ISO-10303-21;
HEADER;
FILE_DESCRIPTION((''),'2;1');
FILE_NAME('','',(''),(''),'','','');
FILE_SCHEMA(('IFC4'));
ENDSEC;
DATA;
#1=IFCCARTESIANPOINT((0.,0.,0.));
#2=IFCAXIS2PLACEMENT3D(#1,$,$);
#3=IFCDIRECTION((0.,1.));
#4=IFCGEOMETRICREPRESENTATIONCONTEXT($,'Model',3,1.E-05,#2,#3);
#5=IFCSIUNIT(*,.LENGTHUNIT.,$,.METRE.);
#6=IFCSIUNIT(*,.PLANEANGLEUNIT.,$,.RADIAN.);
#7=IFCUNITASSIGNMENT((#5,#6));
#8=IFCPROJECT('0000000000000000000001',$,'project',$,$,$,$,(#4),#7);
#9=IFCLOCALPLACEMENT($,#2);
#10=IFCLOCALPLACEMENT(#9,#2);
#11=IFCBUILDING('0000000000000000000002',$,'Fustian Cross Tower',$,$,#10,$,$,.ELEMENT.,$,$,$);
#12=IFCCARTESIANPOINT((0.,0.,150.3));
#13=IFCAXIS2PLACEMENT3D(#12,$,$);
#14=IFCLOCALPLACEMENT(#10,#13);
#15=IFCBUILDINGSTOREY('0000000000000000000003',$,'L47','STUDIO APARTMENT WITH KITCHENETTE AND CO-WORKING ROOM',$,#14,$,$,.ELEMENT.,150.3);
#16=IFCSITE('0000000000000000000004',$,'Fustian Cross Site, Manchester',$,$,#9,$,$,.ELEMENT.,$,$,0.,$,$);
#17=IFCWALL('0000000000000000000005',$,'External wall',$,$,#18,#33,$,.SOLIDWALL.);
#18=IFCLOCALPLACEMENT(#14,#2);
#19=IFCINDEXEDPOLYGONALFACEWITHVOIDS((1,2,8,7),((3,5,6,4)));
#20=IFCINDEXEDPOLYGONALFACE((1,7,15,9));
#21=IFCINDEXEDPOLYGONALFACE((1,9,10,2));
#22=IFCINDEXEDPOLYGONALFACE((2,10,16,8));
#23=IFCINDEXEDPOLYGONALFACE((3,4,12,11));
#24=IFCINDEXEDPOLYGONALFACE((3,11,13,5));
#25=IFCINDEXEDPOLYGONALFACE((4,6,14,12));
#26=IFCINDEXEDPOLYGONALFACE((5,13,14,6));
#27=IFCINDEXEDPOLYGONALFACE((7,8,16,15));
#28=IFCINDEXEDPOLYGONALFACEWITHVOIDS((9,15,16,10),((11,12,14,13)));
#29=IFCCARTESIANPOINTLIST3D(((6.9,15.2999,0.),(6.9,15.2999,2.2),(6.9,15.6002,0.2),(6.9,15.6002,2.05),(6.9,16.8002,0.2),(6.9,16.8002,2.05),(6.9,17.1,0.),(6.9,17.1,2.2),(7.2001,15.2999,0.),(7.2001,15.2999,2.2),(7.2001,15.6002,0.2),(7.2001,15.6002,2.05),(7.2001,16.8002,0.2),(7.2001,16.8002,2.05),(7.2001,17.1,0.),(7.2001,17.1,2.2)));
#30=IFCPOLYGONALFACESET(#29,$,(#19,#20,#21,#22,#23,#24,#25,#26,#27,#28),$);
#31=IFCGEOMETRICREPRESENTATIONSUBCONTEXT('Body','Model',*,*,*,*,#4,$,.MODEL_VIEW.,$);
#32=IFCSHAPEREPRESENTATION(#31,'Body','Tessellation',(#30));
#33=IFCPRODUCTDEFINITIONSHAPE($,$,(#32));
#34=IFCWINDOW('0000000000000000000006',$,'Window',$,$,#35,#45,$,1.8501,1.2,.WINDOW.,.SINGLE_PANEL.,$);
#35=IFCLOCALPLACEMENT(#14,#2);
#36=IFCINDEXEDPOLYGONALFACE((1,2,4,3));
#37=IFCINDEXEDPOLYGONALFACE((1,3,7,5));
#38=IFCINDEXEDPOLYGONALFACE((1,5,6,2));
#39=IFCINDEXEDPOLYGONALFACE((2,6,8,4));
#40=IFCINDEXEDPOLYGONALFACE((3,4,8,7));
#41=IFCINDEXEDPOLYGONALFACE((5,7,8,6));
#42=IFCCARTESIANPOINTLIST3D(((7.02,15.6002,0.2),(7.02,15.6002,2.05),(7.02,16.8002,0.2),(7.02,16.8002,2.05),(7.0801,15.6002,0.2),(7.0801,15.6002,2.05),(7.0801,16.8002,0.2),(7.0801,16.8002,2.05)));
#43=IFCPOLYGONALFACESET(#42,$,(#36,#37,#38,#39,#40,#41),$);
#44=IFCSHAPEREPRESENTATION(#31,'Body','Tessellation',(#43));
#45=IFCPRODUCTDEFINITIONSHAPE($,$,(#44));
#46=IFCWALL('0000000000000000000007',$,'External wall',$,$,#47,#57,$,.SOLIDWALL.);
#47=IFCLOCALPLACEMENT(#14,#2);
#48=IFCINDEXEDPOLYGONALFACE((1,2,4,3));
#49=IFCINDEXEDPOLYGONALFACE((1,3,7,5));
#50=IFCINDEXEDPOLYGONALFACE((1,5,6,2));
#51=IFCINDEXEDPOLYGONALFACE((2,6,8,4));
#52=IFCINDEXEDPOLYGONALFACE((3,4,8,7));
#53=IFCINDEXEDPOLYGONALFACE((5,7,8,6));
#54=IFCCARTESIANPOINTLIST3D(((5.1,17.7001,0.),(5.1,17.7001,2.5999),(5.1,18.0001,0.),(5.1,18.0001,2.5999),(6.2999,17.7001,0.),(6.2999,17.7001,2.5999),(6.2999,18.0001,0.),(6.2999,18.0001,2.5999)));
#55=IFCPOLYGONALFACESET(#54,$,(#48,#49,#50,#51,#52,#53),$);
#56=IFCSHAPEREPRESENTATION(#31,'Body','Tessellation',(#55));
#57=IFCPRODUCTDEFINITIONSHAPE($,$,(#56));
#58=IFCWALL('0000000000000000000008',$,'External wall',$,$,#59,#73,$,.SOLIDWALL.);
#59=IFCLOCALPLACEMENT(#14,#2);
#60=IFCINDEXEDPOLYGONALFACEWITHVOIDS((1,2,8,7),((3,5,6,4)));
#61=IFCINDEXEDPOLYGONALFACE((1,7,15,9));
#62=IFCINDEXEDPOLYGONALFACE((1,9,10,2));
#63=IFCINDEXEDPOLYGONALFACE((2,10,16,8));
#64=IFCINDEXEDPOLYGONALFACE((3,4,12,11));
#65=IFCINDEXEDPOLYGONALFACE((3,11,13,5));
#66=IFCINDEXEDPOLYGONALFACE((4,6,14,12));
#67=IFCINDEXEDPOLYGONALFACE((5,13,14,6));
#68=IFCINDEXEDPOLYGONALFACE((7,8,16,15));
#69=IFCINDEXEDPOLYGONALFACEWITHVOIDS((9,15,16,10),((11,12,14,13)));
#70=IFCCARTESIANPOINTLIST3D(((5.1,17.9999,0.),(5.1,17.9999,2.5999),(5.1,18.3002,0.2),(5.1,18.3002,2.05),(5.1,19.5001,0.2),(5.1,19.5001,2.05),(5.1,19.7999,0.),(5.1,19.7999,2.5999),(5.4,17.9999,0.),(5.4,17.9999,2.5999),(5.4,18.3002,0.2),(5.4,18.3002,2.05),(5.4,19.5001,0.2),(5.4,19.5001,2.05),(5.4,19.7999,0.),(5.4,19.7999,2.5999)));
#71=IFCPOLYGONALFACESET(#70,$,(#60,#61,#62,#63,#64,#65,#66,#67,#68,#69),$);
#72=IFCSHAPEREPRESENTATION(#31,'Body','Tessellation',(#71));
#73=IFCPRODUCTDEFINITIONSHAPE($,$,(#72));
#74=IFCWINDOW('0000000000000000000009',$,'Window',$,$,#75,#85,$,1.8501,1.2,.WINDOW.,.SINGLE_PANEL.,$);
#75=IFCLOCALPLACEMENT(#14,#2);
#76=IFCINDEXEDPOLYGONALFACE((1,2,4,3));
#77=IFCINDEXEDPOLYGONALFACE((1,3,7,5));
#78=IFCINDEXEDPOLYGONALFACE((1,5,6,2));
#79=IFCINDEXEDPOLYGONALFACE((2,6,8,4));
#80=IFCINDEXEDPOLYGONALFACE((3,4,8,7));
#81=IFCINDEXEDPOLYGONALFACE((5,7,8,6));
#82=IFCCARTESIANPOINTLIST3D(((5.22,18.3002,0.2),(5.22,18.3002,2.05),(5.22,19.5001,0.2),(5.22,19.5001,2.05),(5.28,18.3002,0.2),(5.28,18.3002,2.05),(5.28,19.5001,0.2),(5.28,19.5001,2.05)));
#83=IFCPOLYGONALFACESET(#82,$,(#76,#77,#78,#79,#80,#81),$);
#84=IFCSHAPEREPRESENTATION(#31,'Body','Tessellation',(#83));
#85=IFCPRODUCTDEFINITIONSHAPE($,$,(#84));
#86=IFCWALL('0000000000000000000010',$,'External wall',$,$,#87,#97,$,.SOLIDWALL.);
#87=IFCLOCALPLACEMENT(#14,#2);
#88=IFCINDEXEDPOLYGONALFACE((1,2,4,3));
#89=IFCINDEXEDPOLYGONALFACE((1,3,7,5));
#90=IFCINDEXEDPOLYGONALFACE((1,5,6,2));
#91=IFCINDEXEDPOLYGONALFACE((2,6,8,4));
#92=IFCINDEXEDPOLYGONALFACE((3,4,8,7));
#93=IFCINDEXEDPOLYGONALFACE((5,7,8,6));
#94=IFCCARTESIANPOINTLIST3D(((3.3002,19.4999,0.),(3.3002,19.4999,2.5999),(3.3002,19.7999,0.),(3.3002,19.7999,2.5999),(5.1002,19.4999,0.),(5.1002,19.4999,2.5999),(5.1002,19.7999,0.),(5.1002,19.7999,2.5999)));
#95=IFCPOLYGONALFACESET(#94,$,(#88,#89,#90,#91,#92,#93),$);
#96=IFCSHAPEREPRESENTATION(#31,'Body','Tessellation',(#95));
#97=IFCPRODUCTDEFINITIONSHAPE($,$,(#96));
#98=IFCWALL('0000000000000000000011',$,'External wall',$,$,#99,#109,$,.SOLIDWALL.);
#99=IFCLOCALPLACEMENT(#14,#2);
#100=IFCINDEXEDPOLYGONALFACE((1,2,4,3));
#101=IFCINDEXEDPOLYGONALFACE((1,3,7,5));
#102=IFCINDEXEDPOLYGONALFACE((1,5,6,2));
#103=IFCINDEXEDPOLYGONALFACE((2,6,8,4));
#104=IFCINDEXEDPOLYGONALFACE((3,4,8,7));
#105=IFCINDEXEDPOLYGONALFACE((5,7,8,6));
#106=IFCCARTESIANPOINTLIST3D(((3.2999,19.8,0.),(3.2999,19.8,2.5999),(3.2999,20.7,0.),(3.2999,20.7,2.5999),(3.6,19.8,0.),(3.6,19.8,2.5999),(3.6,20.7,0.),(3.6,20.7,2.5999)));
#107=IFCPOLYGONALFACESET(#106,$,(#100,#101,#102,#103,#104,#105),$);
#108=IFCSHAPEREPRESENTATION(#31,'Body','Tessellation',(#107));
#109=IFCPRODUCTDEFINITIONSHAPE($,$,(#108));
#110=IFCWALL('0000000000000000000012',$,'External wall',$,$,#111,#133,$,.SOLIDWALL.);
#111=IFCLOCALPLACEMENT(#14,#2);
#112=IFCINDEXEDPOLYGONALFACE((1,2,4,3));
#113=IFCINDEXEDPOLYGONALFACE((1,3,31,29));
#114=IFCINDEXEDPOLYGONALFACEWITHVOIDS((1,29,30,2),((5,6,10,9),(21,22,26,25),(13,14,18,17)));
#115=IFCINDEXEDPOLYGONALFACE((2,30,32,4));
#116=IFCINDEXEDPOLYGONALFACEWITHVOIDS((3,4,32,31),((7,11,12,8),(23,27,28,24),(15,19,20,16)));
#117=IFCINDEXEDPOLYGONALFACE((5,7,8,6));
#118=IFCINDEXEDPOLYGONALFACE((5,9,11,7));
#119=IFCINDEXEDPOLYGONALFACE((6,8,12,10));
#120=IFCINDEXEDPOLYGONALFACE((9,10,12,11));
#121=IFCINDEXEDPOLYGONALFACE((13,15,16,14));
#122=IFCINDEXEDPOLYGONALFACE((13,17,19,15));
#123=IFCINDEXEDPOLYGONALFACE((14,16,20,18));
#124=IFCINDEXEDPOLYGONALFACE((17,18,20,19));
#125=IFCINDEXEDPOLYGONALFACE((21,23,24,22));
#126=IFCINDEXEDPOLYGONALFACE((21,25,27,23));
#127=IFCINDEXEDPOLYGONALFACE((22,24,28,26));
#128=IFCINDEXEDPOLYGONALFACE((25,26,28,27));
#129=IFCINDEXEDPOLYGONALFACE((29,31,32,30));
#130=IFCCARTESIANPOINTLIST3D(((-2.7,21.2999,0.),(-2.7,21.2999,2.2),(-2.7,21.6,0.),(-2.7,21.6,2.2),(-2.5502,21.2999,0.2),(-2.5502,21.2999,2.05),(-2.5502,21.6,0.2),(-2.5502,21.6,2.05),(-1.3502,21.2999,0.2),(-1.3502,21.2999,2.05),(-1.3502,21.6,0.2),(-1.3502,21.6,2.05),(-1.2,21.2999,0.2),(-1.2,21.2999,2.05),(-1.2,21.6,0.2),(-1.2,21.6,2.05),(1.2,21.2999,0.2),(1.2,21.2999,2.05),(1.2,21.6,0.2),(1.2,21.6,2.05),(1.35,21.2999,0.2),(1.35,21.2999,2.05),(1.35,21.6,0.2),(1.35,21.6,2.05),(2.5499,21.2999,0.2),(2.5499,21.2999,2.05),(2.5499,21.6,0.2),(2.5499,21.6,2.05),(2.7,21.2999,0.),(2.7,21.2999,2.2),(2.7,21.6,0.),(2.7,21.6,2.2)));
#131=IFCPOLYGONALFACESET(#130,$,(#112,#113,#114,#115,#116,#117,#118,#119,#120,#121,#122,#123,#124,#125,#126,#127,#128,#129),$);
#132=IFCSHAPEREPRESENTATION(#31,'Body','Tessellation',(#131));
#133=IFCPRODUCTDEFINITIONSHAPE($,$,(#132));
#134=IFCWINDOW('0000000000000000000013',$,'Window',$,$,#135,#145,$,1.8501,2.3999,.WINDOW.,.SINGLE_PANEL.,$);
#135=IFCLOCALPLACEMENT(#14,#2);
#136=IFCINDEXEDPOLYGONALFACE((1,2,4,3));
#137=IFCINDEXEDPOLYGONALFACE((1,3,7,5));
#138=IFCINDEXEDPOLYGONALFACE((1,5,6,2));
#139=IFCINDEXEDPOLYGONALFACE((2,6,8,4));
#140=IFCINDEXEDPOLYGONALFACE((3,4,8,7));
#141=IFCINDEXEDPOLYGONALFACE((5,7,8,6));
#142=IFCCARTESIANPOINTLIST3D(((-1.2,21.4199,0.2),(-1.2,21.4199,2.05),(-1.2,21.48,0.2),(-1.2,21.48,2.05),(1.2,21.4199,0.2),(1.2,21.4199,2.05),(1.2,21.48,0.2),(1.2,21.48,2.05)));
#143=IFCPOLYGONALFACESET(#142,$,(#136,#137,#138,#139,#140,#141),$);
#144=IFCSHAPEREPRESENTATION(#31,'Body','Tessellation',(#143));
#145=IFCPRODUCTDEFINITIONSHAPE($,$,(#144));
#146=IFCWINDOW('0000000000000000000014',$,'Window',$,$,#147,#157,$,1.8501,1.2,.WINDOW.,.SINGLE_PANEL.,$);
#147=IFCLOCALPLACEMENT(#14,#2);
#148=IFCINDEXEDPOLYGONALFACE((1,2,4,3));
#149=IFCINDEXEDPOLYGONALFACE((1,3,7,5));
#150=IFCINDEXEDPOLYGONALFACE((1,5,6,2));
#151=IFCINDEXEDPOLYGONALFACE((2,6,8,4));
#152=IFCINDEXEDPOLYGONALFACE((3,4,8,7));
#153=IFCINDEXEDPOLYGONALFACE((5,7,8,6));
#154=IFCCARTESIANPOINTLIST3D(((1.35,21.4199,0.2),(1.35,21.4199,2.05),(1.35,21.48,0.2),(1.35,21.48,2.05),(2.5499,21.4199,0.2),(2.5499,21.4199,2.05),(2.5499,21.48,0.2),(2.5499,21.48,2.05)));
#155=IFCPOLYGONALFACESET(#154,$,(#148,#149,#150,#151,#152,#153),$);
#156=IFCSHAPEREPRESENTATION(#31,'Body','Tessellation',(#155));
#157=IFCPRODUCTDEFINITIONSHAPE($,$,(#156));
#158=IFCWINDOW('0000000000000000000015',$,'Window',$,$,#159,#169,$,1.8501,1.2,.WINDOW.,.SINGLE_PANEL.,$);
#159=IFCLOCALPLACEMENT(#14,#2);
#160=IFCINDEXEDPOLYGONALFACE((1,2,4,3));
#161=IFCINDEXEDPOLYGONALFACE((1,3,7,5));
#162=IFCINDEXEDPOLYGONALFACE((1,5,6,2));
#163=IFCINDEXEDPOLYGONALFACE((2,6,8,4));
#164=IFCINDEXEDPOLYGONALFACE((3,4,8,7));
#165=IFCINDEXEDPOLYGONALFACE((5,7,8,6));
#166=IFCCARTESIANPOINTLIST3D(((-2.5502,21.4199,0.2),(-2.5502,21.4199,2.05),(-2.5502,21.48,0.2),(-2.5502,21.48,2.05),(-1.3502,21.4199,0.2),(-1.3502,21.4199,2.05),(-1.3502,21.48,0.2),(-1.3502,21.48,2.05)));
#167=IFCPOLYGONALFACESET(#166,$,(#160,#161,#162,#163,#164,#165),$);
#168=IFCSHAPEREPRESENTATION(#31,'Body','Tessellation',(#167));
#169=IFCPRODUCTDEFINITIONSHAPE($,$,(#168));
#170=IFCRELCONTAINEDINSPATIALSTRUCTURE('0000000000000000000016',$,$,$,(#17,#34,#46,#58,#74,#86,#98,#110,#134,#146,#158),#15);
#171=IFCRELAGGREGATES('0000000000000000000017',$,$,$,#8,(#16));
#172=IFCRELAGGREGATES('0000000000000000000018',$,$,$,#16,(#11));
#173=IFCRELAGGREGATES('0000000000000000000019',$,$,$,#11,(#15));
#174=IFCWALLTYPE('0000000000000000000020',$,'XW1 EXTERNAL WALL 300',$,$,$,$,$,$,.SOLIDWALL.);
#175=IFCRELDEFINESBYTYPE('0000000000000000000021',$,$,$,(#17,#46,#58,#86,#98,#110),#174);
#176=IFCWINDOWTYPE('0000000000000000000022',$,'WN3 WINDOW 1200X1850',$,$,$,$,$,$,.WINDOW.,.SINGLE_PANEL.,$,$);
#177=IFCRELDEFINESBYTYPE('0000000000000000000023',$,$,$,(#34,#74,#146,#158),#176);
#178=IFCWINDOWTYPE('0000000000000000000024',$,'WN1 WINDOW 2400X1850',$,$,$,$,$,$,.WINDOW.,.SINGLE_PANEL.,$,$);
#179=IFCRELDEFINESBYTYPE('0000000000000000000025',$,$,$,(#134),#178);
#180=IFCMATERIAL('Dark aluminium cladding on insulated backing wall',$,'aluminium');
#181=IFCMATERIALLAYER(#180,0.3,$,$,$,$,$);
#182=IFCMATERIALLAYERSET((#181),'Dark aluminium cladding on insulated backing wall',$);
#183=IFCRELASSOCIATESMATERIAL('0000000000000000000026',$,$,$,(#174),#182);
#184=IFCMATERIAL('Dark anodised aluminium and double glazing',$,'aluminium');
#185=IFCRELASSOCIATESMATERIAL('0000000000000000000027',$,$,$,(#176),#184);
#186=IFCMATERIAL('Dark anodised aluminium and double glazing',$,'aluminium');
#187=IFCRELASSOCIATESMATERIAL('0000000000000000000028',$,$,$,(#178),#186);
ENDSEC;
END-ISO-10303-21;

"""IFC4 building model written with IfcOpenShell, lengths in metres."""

from ifc_helpers import new_model, si_unit, direction, frame, frame_2d, origin, place, context, subcontext, project, spatial, rectangle, extrude, material, layer, layer_set, type_object, element, fill, save


model = new_model("IFC4")

# Units and contexts
model_context = context("Model", 3, precision=1e-05, world=origin(), true_north=direction((0.0, 1.0)))
body_context = subcontext(model_context, "Body", "Model", "MODEL_VIEW")
ifc_project = project(units=[si_unit("LENGTHUNIT", "METRE"), si_unit("PLANEANGLEUNIT", "RADIAN")], contexts=[model_context])

# Site, building, storey
site_placement = place(None, origin())
site = spatial("IfcSite", under=ifc_project, at=site_placement, Name="Fustian Cross Site, Manchester", CompositionType="ELEMENT", RefElevation=0.0)
building_placement = place(site_placement, origin())
building = spatial("IfcBuilding", under=site, at=building_placement, Name="Fustian Cross Tower", CompositionType="ELEMENT")
storey_placement = place(building_placement, frame((0.0, 0.0, 150.3)))
storey = spatial("IfcBuildingStorey", under=building, at=storey_placement, Name="L47", Description="STUDIO APARTMENT WITH KITCHENETTE AND CO-WORKING ROOM", CompositionType="ELEMENT", Elevation=150.3)

# Shared definitions
ifc_material_1 = material(Name="Dark aluminium cladding on insulated backing wall", Category="aluminium")
ifc_layer_1 = layer(ifc_material_1, 0.3)
ifc_layer_set_1 = layer_set([ifc_layer_1], Name="Dark aluminium cladding on insulated backing wall")
wall_type_1 = type_object("IfcWallType", Name="XW1 EXTERNAL WALL 300", PredefinedType="SOLIDWALL", material=ifc_layer_set_1)

# Wall, opening, window
wall_1_placement = place(storey_placement, frame((7.05, 15.3, 0.0), z_axis=(0.0, 0.0, 1.0), x_axis=(0.0, 1.0, 0.0)))
wall_1 = element("IfcWall", 1, at=wall_1_placement, inside=storey, type_object=wall_type_1, Name="External wall", PredefinedType="SOLIDWALL", context=body_context, shape_type="SweptSolid", body=[
    extrude(rectangle(XDim=1.8, YDim=0.3, at=frame_2d((0.8999, 0.0))), origin(), (0.0, 0.0, 1.0), 2.2),
])
opening_1_placement = place(wall_1_placement, frame((0.3, 0.0, 0.2)))
opening_1 = element("IfcOpeningElement", 2, at=opening_1_placement, cuts=wall_1, PredefinedType="OPENING", context=body_context, shape_type="SweptSolid", body=[
    extrude(rectangle(XDim=1.2, YDim=1.8501, at=frame_2d((0.6001, 0.925))), frame((0.0, 0.1599, 0.0), z_axis=(0.0, -1.0, 0.0), x_axis=(1.0, 0.0, 0.0)), (0.0, 0.0, 1.0), 0.3201),
])
ifc_material_2 = material(Name="Dark anodised aluminium and double glazing", Category="aluminium")
window_type_1 = type_object("IfcWindowType", Name="WN3 WINDOW 1200X1850", PartitioningType="SINGLE_PANEL", PredefinedType="WINDOW", material=ifc_material_2)
window_1_placement = place(opening_1_placement, origin())
window_1 = element("IfcWindow", 3, at=window_1_placement, inside=storey, type_object=window_type_1, Name="Window", OverallHeight=1.8501, OverallWidth=1.2, PartitioningType="SINGLE_PANEL", PredefinedType="WINDOW", context=body_context, shape_type="SweptSolid", body=[
    extrude(rectangle(XDim=1.2, YDim=1.8501, at=frame_2d((0.6001, 0.925))), frame((0.0, 0.03, 0.0), z_axis=(0.0, -1.0, 0.0), x_axis=(1.0, 0.0, 0.0)), (0.0, 0.0, 1.0), 0.0601),
])
fill(opening_1, window_1)

# Wall
wall_2_placement = place(storey_placement, frame((6.3, 17.8501, 0.0), z_axis=(0.0, 0.0, 1.0), x_axis=(-1.0, 0.0, 0.0)))
element("IfcWall", 4, at=wall_2_placement, inside=storey, type_object=wall_type_1, Name="External wall", PredefinedType="SOLIDWALL", context=body_context, shape_type="SweptSolid", body=[
    extrude(rectangle(XDim=1.2, YDim=0.3, at=frame_2d((0.6001, 0.0))), origin(), (0.0, 0.0, 1.0), 2.5999),
])

# Wall, opening, window
wall_3_placement = place(storey_placement, frame((5.25, 18.0, 0.0), z_axis=(0.0, 0.0, 1.0), x_axis=(0.0, 1.0, 0.0)))
wall_3 = element("IfcWall", 5, at=wall_3_placement, inside=storey, type_object=wall_type_1, Name="External wall", PredefinedType="SOLIDWALL", context=body_context, shape_type="SweptSolid", body=[
    extrude(rectangle(XDim=1.8, YDim=0.3, at=frame_2d((0.8999, 0.0))), origin(), (0.0, 0.0, 1.0), 2.5999),
])
opening_2_placement = place(wall_3_placement, frame((0.3, 0.0, 0.2)))
opening_2 = element("IfcOpeningElement", 6, at=opening_2_placement, cuts=wall_3, PredefinedType="OPENING", context=body_context, shape_type="SweptSolid", body=[
    extrude(rectangle(XDim=1.2, YDim=1.8501, at=frame_2d((0.6001, 0.925))), frame((0.0, 0.1599, 0.0), z_axis=(0.0, -1.0, 0.0), x_axis=(1.0, 0.0, 0.0)), (0.0, 0.0, 1.0), 0.3201),
])
window_2_placement = place(opening_2_placement, origin())
window_2 = element("IfcWindow", 7, at=window_2_placement, inside=storey, type_object=window_type_1, Name="Window", OverallHeight=1.8501, OverallWidth=1.2, PartitioningType="SINGLE_PANEL", PredefinedType="WINDOW", context=body_context, shape_type="SweptSolid", body=[
    extrude(rectangle(XDim=1.2, YDim=1.8501, at=frame_2d((0.6001, 0.925))), frame((0.0, 0.03, 0.0), z_axis=(0.0, -1.0, 0.0), x_axis=(1.0, 0.0, 0.0)), (0.0, 0.0, 1.0), 0.0601),
])
fill(opening_2, window_2)

# Walls
wall_4_placement = place(storey_placement, frame((5.1001, 19.6499, 0.0), z_axis=(0.0, 0.0, 1.0), x_axis=(-1.0, 0.0, 0.0)))
element("IfcWall", 8, at=wall_4_placement, inside=storey, type_object=wall_type_1, Name="External wall", PredefinedType="SOLIDWALL", context=body_context, shape_type="SweptSolid", body=[
    extrude(rectangle(XDim=1.8, YDim=0.3, at=frame_2d((0.8999, 0.0))), origin(), (0.0, 0.0, 1.0), 2.5999),
])
wall_5_placement = place(storey_placement, frame((3.45, 19.8, 0.0), z_axis=(0.0, 0.0, 1.0), x_axis=(0.0, 1.0, 0.0)))
element("IfcWall", 9, at=wall_5_placement, inside=storey, type_object=wall_type_1, Name="External wall", PredefinedType="SOLIDWALL", context=body_context, shape_type="SweptSolid", body=[
    extrude(rectangle(XDim=0.8999, YDim=0.3, at=frame_2d((0.45, 0.0))), origin(), (0.0, 0.0, 1.0), 2.5999),
])

# Wall, openings, windows
wall_6_placement = place(storey_placement, frame((2.7, 21.45, 0.0), z_axis=(0.0, 0.0, 1.0), x_axis=(-1.0, 0.0, 0.0)))
wall_6 = element("IfcWall", 10, at=wall_6_placement, inside=storey, type_object=wall_type_1, Name="External wall", PredefinedType="SOLIDWALL", context=body_context, shape_type="SweptSolid", body=[
    extrude(rectangle(XDim=5.3999, YDim=0.3, at=frame_2d((2.7, 0.0))), origin(), (0.0, 0.0, 1.0), 2.2),
])
opening_3_placement = place(wall_6_placement, frame((1.5, 0.0, 0.2)))
opening_3 = element("IfcOpeningElement", 11, at=opening_3_placement, cuts=wall_6, PredefinedType="OPENING", context=body_context, shape_type="SweptSolid", body=[
    extrude(rectangle(XDim=2.3999, YDim=1.8501, at=frame_2d((1.2, 0.925))), frame((0.0, 0.1599, 0.0), z_axis=(0.0, -1.0, 0.0), x_axis=(1.0, 0.0, 0.0)), (0.0, 0.0, 1.0), 0.3201),
])
opening_4_placement = place(wall_6_placement, frame((0.1499, 0.0, 0.2)))
opening_4 = element("IfcOpeningElement", 12, at=opening_4_placement, cuts=wall_6, PredefinedType="OPENING", context=body_context, shape_type="SweptSolid", body=[
    extrude(rectangle(XDim=1.2, YDim=1.8501, at=frame_2d((0.6001, 0.925))), frame((0.0, 0.1599, 0.0), z_axis=(0.0, -1.0, 0.0), x_axis=(1.0, 0.0, 0.0)), (0.0, 0.0, 1.0), 0.3201),
])
opening_5_placement = place(wall_6_placement, frame((4.05, 0.0, 0.2)))
opening_5 = element("IfcOpeningElement", 13, at=opening_5_placement, cuts=wall_6, PredefinedType="OPENING", context=body_context, shape_type="SweptSolid", body=[
    extrude(rectangle(XDim=1.2, YDim=1.8501, at=frame_2d((0.6001, 0.925))), frame((0.0, 0.1599, 0.0), z_axis=(0.0, -1.0, 0.0), x_axis=(1.0, 0.0, 0.0)), (0.0, 0.0, 1.0), 0.3201),
])
ifc_material_3 = material(Name="Dark anodised aluminium and double glazing", Category="aluminium")
window_type_2 = type_object("IfcWindowType", Name="WN1 WINDOW 2400X1850", PartitioningType="SINGLE_PANEL", PredefinedType="WINDOW", material=ifc_material_3)
window_3_placement = place(opening_3_placement, origin())
window_3 = element("IfcWindow", 14, at=window_3_placement, inside=storey, type_object=window_type_2, Name="Window", OverallHeight=1.8501, OverallWidth=2.3999, PartitioningType="SINGLE_PANEL", PredefinedType="WINDOW", context=body_context, shape_type="SweptSolid", body=[
    extrude(rectangle(XDim=2.3999, YDim=1.8501, at=frame_2d((1.2, 0.925))), frame((0.0, 0.03, 0.0), z_axis=(0.0, -1.0, 0.0), x_axis=(1.0, 0.0, 0.0)), (0.0, 0.0, 1.0), 0.0601),
])
fill(opening_3, window_3)
window_4_placement = place(opening_4_placement, origin())
window_4 = element("IfcWindow", 15, at=window_4_placement, inside=storey, type_object=window_type_1, Name="Window", OverallHeight=1.8501, OverallWidth=1.2, PartitioningType="SINGLE_PANEL", PredefinedType="WINDOW", context=body_context, shape_type="SweptSolid", body=[
    extrude(rectangle(XDim=1.2, YDim=1.8501, at=frame_2d((0.6001, 0.925))), frame((0.0, 0.03, 0.0), z_axis=(0.0, -1.0, 0.0), x_axis=(1.0, 0.0, 0.0)), (0.0, 0.0, 1.0), 0.0601),
])
fill(opening_4, window_4)
window_5_placement = place(opening_5_placement, origin())
window_5 = element("IfcWindow", 16, at=window_5_placement, inside=storey, type_object=window_type_1, Name="Window", OverallHeight=1.8501, OverallWidth=1.2, PartitioningType="SINGLE_PANEL", PredefinedType="WINDOW", context=body_context, shape_type="SweptSolid", body=[
    extrude(rectangle(XDim=1.2, YDim=1.8501, at=frame_2d((0.6001, 0.925))), frame((0.0, 0.03, 0.0), z_axis=(0.0, -1.0, 0.0), x_axis=(1.0, 0.0, 0.0)), (0.0, 0.0, 1.0), 0.0601),
])
fill(opening_5, window_5)

save(model, "model.ifc")
